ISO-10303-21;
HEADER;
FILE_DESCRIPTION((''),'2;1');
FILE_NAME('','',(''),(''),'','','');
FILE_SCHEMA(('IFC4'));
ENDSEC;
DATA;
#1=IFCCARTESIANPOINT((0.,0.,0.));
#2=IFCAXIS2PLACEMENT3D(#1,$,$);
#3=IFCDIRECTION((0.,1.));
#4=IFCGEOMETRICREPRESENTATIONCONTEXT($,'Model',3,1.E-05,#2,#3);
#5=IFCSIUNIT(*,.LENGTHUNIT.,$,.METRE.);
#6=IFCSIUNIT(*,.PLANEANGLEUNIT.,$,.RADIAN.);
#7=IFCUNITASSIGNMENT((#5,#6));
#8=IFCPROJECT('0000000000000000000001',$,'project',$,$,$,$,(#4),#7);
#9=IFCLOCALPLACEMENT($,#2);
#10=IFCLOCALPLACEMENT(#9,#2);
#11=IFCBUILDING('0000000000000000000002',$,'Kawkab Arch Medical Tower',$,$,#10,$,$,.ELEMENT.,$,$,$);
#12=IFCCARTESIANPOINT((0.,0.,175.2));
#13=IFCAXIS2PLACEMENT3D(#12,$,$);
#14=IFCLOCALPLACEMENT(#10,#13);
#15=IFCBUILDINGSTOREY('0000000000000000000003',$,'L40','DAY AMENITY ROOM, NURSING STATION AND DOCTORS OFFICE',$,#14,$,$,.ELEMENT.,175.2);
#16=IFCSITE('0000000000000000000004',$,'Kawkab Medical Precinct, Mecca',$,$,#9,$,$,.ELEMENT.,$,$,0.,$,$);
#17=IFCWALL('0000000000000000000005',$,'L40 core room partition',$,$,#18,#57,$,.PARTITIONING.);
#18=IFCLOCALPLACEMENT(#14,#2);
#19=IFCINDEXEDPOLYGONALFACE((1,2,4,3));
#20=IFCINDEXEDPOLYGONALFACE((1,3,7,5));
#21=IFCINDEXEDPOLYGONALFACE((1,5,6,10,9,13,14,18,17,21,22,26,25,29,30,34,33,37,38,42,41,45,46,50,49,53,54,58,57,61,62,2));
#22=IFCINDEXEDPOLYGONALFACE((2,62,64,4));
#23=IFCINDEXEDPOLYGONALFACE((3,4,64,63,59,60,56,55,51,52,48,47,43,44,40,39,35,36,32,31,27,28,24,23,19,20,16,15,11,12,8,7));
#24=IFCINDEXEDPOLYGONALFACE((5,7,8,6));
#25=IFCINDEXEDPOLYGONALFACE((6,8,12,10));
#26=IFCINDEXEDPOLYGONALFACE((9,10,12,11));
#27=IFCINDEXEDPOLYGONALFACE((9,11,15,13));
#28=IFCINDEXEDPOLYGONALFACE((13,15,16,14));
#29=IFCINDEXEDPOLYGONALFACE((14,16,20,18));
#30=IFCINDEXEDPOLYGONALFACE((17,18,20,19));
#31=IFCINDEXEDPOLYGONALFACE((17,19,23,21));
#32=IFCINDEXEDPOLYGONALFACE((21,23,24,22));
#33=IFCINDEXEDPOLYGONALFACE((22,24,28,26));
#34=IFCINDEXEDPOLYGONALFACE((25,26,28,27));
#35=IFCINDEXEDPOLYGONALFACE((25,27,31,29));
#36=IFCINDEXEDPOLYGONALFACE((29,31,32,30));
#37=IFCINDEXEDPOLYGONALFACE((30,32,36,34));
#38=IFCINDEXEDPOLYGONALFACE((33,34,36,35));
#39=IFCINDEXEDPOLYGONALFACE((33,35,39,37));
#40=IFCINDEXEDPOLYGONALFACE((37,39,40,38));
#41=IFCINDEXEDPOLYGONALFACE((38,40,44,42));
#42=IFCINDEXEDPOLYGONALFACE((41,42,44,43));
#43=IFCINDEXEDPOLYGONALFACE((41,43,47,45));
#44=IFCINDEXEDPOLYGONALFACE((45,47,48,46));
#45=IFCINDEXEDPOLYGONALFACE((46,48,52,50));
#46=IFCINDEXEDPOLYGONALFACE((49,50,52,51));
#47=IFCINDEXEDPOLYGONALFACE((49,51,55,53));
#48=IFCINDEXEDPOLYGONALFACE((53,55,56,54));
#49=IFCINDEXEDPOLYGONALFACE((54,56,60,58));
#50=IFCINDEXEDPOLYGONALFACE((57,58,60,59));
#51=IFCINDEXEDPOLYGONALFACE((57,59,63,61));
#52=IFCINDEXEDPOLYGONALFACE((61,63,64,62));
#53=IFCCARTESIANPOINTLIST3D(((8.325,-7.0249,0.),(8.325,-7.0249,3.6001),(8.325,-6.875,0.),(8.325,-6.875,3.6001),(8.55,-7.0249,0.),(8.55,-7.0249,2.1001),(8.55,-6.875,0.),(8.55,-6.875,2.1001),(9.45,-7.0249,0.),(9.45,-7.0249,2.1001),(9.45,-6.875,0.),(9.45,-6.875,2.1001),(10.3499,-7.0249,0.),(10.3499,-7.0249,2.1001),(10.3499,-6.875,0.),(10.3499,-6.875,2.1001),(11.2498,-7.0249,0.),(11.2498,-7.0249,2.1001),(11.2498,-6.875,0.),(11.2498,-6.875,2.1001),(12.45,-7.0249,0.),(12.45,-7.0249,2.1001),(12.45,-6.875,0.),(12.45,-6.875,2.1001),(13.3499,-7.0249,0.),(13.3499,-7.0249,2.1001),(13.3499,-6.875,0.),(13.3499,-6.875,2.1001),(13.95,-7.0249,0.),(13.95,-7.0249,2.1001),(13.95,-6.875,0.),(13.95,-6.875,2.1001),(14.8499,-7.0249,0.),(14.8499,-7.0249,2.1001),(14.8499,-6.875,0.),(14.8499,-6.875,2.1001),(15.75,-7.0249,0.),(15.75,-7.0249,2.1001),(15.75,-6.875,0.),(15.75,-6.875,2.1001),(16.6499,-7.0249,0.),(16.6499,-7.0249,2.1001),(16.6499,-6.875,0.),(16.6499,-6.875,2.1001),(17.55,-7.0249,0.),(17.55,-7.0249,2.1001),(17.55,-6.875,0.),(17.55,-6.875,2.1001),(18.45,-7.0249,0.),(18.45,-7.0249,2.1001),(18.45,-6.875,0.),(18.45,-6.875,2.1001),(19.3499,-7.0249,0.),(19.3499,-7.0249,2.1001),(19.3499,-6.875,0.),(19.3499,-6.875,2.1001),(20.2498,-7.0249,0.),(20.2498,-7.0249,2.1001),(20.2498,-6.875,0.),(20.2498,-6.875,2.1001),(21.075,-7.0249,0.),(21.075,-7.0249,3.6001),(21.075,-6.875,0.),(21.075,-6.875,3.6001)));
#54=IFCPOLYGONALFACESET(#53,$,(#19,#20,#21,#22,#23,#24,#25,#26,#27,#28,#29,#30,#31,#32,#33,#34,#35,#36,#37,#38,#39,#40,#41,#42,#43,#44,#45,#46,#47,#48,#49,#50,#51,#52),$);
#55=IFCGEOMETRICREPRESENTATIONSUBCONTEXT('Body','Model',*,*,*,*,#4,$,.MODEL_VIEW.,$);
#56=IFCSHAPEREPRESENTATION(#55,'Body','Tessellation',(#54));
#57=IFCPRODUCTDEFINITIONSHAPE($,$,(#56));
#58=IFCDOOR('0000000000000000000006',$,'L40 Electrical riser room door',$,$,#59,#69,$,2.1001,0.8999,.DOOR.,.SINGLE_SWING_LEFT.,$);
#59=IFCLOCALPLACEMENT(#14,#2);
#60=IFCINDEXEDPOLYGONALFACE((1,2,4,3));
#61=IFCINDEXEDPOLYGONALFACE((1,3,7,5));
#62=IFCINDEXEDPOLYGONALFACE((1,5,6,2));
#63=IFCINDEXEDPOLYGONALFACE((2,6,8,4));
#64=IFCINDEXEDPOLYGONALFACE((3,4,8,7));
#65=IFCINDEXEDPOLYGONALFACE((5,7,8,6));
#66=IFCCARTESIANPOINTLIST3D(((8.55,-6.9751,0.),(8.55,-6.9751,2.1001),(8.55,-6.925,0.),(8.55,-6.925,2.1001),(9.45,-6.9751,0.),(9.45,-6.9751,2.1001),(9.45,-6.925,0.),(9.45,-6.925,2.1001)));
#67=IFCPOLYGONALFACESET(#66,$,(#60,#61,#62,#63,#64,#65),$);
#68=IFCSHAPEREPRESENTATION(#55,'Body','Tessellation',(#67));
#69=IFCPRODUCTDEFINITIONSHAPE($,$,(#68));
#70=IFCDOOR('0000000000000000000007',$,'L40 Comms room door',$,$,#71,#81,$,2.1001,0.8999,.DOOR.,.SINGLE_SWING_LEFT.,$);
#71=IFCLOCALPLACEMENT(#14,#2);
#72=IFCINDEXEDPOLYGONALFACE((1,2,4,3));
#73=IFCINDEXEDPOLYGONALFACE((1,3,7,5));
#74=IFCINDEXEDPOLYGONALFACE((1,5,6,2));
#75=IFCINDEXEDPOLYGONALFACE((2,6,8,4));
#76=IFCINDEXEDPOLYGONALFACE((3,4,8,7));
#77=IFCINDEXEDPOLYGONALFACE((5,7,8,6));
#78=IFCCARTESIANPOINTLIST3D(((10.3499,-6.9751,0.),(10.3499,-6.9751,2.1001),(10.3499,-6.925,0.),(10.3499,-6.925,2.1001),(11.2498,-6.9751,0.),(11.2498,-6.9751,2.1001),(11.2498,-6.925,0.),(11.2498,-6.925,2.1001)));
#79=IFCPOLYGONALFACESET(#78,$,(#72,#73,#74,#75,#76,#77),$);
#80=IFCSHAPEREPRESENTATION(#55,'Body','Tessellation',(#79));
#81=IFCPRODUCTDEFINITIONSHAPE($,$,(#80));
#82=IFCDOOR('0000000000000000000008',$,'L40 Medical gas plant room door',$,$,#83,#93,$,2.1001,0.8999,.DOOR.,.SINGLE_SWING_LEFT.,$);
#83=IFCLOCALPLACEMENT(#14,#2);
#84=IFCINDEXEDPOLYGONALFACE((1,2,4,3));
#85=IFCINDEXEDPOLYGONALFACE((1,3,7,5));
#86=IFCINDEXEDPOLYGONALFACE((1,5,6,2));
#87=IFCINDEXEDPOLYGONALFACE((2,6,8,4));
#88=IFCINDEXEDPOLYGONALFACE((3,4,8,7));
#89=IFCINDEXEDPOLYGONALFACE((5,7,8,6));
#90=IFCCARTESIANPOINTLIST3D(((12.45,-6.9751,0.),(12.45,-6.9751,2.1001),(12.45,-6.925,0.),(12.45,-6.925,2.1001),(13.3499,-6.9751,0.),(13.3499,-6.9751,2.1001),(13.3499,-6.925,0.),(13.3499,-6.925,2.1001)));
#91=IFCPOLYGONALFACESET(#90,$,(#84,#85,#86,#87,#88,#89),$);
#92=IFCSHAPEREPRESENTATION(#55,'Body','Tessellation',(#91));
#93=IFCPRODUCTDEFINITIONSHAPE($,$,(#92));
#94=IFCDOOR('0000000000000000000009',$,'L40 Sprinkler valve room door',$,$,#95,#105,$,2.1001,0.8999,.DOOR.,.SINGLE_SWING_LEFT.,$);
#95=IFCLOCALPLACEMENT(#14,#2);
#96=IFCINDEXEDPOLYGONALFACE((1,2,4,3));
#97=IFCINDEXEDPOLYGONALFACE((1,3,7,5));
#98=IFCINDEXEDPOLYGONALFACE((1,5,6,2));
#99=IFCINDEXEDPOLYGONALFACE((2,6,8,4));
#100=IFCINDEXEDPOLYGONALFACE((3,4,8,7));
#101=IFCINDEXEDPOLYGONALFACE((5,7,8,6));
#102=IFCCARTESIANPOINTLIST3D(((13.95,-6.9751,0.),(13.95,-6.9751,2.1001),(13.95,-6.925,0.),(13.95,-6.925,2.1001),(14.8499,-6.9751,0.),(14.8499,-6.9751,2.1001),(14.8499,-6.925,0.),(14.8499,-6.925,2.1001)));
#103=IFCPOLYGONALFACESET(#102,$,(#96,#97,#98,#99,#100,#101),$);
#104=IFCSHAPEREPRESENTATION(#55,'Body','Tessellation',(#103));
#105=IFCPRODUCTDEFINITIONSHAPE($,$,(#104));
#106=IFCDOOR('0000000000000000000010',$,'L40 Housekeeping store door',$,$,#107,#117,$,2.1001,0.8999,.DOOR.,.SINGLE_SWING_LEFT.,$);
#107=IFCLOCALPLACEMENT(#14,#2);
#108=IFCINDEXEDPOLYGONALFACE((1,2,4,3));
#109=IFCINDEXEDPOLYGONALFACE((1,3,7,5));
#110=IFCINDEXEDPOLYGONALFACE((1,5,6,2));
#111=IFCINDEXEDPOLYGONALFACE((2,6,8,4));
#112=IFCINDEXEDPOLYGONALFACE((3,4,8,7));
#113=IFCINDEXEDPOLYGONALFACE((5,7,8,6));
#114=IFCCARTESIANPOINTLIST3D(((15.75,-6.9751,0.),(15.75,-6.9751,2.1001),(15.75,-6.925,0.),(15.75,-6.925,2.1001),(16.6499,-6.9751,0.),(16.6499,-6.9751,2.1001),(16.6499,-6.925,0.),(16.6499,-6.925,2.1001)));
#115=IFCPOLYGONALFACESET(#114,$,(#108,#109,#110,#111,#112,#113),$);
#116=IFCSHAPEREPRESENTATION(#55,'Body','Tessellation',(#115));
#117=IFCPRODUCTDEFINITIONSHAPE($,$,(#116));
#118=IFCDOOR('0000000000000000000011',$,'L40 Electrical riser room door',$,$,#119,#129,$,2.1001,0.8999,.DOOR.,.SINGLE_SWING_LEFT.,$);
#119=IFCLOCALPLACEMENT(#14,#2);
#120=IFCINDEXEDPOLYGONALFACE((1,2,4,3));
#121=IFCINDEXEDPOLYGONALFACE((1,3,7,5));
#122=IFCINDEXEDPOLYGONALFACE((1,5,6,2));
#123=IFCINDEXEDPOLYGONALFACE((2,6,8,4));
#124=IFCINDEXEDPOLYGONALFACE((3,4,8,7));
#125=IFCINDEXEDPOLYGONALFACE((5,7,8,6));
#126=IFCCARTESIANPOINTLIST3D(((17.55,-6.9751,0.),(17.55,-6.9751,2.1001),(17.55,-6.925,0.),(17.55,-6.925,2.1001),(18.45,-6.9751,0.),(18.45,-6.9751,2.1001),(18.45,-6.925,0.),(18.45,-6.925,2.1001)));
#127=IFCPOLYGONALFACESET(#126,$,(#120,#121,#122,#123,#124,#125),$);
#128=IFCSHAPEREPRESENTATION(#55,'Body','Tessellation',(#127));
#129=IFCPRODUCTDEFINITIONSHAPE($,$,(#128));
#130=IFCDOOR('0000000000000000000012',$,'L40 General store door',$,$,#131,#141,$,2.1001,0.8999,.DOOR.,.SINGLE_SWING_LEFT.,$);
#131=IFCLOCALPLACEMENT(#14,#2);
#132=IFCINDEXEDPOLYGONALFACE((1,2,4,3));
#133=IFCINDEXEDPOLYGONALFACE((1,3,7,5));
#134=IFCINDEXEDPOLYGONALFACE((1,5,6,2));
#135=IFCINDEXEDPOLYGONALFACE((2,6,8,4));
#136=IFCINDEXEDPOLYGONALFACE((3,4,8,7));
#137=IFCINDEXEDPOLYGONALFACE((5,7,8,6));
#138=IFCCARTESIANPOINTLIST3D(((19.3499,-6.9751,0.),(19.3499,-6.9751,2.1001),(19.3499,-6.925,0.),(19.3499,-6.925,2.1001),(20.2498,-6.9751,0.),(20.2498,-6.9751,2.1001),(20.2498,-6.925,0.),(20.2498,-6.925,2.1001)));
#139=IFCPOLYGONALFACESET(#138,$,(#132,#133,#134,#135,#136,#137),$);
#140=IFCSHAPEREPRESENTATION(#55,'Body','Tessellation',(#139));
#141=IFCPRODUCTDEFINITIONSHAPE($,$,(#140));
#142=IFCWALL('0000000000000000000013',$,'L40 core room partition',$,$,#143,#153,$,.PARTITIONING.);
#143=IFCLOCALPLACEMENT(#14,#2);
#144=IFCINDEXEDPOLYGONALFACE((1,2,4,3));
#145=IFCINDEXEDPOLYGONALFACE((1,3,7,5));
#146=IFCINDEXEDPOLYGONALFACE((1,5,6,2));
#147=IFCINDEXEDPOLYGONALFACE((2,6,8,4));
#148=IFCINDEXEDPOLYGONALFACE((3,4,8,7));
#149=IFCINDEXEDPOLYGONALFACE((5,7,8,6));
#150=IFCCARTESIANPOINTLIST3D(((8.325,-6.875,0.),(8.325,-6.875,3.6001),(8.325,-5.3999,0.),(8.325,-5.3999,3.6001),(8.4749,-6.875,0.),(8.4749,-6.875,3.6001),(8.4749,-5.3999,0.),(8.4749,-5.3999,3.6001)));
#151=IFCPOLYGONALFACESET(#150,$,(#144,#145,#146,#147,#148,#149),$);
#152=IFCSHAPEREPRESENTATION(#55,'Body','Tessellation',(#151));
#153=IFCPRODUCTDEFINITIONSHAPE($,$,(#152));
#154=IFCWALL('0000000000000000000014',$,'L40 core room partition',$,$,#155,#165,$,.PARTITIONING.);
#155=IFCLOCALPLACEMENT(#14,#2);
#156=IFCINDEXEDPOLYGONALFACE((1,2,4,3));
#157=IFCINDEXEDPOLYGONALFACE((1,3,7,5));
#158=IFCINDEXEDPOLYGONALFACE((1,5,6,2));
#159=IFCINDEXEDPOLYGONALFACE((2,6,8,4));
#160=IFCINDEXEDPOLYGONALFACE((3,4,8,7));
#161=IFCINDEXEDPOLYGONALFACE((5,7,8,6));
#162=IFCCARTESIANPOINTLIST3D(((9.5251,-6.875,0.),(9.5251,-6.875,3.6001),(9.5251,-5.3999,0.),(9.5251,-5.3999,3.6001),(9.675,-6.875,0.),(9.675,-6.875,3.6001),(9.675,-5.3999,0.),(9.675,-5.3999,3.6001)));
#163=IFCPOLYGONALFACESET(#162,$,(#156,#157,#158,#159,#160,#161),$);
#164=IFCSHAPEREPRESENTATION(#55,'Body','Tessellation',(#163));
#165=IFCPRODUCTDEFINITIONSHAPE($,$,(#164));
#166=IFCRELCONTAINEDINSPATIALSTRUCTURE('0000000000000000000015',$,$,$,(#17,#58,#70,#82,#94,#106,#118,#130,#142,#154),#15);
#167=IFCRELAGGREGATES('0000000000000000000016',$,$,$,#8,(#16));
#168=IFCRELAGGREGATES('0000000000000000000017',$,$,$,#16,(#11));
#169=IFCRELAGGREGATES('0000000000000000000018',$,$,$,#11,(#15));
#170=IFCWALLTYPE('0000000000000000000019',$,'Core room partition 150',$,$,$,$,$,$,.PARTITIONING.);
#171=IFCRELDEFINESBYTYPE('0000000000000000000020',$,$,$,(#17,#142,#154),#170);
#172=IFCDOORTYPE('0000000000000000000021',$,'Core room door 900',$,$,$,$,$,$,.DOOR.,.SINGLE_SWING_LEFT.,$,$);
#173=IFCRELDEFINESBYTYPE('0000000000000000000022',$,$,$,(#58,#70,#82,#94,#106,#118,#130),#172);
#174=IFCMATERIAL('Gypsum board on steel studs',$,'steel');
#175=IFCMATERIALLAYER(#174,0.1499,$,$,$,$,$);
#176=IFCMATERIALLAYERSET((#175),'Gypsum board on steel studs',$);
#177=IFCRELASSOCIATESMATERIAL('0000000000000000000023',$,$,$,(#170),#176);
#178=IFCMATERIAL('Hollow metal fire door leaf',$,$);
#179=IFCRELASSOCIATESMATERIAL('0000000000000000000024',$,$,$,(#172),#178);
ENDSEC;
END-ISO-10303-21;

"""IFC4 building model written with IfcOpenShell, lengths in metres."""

from ifc_helpers import new_model, si_unit, direction, frame, frame_2d, origin, place, context, subcontext, project, spatial, rectangle, extrude, material, layer, layer_set, type_object, element, fill, save


model = new_model("IFC4")

# Units and contexts
model_context = context("Model", 3, precision=1e-05, world=origin(), true_north=direction((0.0, 1.0)))
body_context = subcontext(model_context, "Body", "Model", "MODEL_VIEW")
ifc_project = project(units=[si_unit("LENGTHUNIT", "METRE"), si_unit("PLANEANGLEUNIT", "RADIAN")], contexts=[model_context])

# Site, building, storey
site_placement = place(None, origin())
site = spatial("IfcSite", under=ifc_project, at=site_placement, Name="Kawkab Medical Precinct, Mecca", CompositionType="ELEMENT", RefElevation=0.0)
building_placement = place(site_placement, origin())
building = spatial("IfcBuilding", under=site, at=building_placement, Name="Kawkab Arch Medical Tower", CompositionType="ELEMENT")
storey_placement = place(building_placement, frame((0.0, 0.0, 175.2)))
storey = spatial("IfcBuildingStorey", under=building, at=storey_placement, Name="L40", Description="DAY AMENITY ROOM, NURSING STATION AND DOCTORS OFFICE", CompositionType="ELEMENT", Elevation=175.2)

# Wall, openings, doors
ifc_material_1 = material(Name="Gypsum board on steel studs", Category="steel")
ifc_layer_1 = layer(ifc_material_1, 0.1499)
ifc_layer_set_1 = layer_set([ifc_layer_1], Name="Gypsum board on steel studs")
wall_type_1 = type_object("IfcWallType", Name="Core room partition 150", PredefinedType="PARTITIONING", material=ifc_layer_set_1)
wall_1_placement = place(storey_placement, frame((8.325, -6.95, 0.0), z_axis=(0.0, 0.0, 1.0), x_axis=(1.0, 0.0, 0.0)))
wall_1 = element("IfcWall", 1, at=wall_1_placement, inside=storey, type_object=wall_type_1, Name="L40 core room partition", PredefinedType="PARTITIONING", context=body_context, shape_type="SweptSolid", body=[
    extrude(rectangle(XDim=12.75, YDim=0.1499, at=frame_2d((6.375, 0.0))), origin(), (0.0, 0.0, 1.0), 3.6001),
])
opening_1_placement = place(wall_1_placement, frame((0.2251, 0.0, 0.0)))
opening_1 = element("IfcOpeningElement", 2, at=opening_1_placement, cuts=wall_1, PredefinedType="OPENING", context=body_context, shape_type="SweptSolid", body=[
    extrude(rectangle(XDim=0.8999, YDim=2.1001, at=frame_2d((0.45, 1.05))), frame((0.0, 0.085, 0.0), z_axis=(0.0, -1.0, 0.0), x_axis=(1.0, 0.0, 0.0)), (0.0, 0.0, 1.0), 0.1699),
])
opening_2_placement = place(wall_1_placement, frame((2.0249, 0.0, 0.0)))
opening_2 = element("IfcOpeningElement", 3, at=opening_2_placement, cuts=wall_1, PredefinedType="OPENING", context=body_context, shape_type="SweptSolid", body=[
    extrude(rectangle(XDim=0.8999, YDim=2.1001, at=frame_2d((0.45, 1.05))), frame((0.0, 0.085, 0.0), z_axis=(0.0, -1.0, 0.0), x_axis=(1.0, 0.0, 0.0)), (0.0, 0.0, 1.0), 0.1699),
])
opening_3_placement = place(wall_1_placement, frame((4.125, 0.0, 0.0)))
opening_3 = element("IfcOpeningElement", 4, at=opening_3_placement, cuts=wall_1, PredefinedType="OPENING", context=body_context, shape_type="SweptSolid", body=[
    extrude(rectangle(XDim=0.8999, YDim=2.1001, at=frame_2d((0.45, 1.05))), frame((0.0, 0.085, 0.0), z_axis=(0.0, -1.0, 0.0), x_axis=(1.0, 0.0, 0.0)), (0.0, 0.0, 1.0), 0.1699),
])
opening_4_placement = place(wall_1_placement, frame((5.625, 0.0, 0.0)))
opening_4 = element("IfcOpeningElement", 5, at=opening_4_placement, cuts=wall_1, PredefinedType="OPENING", context=body_context, shape_type="SweptSolid", body=[
    extrude(rectangle(XDim=0.8999, YDim=2.1001, at=frame_2d((0.45, 1.05))), frame((0.0, 0.085, 0.0), z_axis=(0.0, -1.0, 0.0), x_axis=(1.0, 0.0, 0.0)), (0.0, 0.0, 1.0), 0.1699),
])
opening_5_placement = place(wall_1_placement, frame((7.425, 0.0, 0.0)))
opening_5 = element("IfcOpeningElement", 6, at=opening_5_placement, cuts=wall_1, PredefinedType="OPENING", context=body_context, shape_type="SweptSolid", body=[
    extrude(rectangle(XDim=0.8999, YDim=2.1001, at=frame_2d((0.45, 1.05))), frame((0.0, 0.085, 0.0), z_axis=(0.0, -1.0, 0.0), x_axis=(1.0, 0.0, 0.0)), (0.0, 0.0, 1.0), 0.1699),
])
opening_6_placement = place(wall_1_placement, frame((9.2251, 0.0, 0.0)))
opening_6 = element("IfcOpeningElement", 7, at=opening_6_placement, cuts=wall_1, PredefinedType="OPENING", context=body_context, shape_type="SweptSolid", body=[
    extrude(rectangle(XDim=0.8999, YDim=2.1001, at=frame_2d((0.45, 1.05))), frame((0.0, 0.085, 0.0), z_axis=(0.0, -1.0, 0.0), x_axis=(1.0, 0.0, 0.0)), (0.0, 0.0, 1.0), 0.1699),
])
opening_7_placement = place(wall_1_placement, frame((11.0249, 0.0, 0.0)))
opening_7 = element("IfcOpeningElement", 8, at=opening_7_placement, cuts=wall_1, PredefinedType="OPENING", context=body_context, shape_type="SweptSolid", body=[
    extrude(rectangle(XDim=0.8999, YDim=2.1001, at=frame_2d((0.45, 1.05))), frame((0.0, 0.085, 0.0), z_axis=(0.0, -1.0, 0.0), x_axis=(1.0, 0.0, 0.0)), (0.0, 0.0, 1.0), 0.1699),
])
ifc_material_2 = material(Name="Hollow metal fire door leaf")
door_type_1 = type_object("IfcDoorType", Name="Core room door 900", OperationType="SINGLE_SWING_LEFT", PredefinedType="DOOR", material=ifc_material_2)
door_1_placement = place(opening_1_placement, origin())
door_1 = element("IfcDoor", 9, at=door_1_placement, inside=storey, type_object=door_type_1, Name="L40 Electrical riser room door", OperationType="SINGLE_SWING_LEFT", OverallHeight=2.1001, OverallWidth=0.8999, PredefinedType="DOOR", context=body_context, shape_type="SweptSolid", body=[
    extrude(rectangle(XDim=0.8999, YDim=2.1001, at=frame_2d((0.45, 1.05))), frame((0.0, 0.0249, 0.0), z_axis=(0.0, -1.0, 0.0), x_axis=(1.0, 0.0, 0.0)), (0.0, 0.0, 1.0), 0.05),
])
fill(opening_1, door_1)
door_2_placement = place(opening_2_placement, origin())
door_2 = element("IfcDoor", 10, at=door_2_placement, inside=storey, type_object=door_type_1, Name="L40 Comms room door", OperationType="SINGLE_SWING_LEFT", OverallHeight=2.1001, OverallWidth=0.8999, PredefinedType="DOOR", context=body_context, shape_type="SweptSolid", body=[
    extrude(rectangle(XDim=0.8999, YDim=2.1001, at=frame_2d((0.45, 1.05))), frame((0.0, 0.0249, 0.0), z_axis=(0.0, -1.0, 0.0), x_axis=(1.0, 0.0, 0.0)), (0.0, 0.0, 1.0), 0.05),
])
fill(opening_2, door_2)
door_3_placement = place(opening_3_placement, origin())
door_3 = element("IfcDoor", 11, at=door_3_placement, inside=storey, type_object=door_type_1, Name="L40 Medical gas plant room door", OperationType="SINGLE_SWING_LEFT", OverallHeight=2.1001, OverallWidth=0.8999, PredefinedType="DOOR", context=body_context, shape_type="SweptSolid", body=[
    extrude(rectangle(XDim=0.8999, YDim=2.1001, at=frame_2d((0.45, 1.05))), frame((0.0, 0.0249, 0.0), z_axis=(0.0, -1.0, 0.0), x_axis=(1.0, 0.0, 0.0)), (0.0, 0.0, 1.0), 0.05),
])
fill(opening_3, door_3)
door_4_placement = place(opening_4_placement, origin())
door_4 = element("IfcDoor", 12, at=door_4_placement, inside=storey, type_object=door_type_1, Name="L40 Sprinkler valve room door", OperationType="SINGLE_SWING_LEFT", OverallHeight=2.1001, OverallWidth=0.8999, PredefinedType="DOOR", context=body_context, shape_type="SweptSolid", body=[
    extrude(rectangle(XDim=0.8999, YDim=2.1001, at=frame_2d((0.45, 1.05))), frame((0.0, 0.0249, 0.0), z_axis=(0.0, -1.0, 0.0), x_axis=(1.0, 0.0, 0.0)), (0.0, 0.0, 1.0), 0.05),
])
fill(opening_4, door_4)
door_5_placement = place(opening_5_placement, origin())
door_5 = element("IfcDoor", 13, at=door_5_placement, inside=storey, type_object=door_type_1, Name="L40 Housekeeping store door", OperationType="SINGLE_SWING_LEFT", OverallHeight=2.1001, OverallWidth=0.8999, PredefinedType="DOOR", context=body_context, shape_type="SweptSolid", body=[
    extrude(rectangle(XDim=0.8999, YDim=2.1001, at=frame_2d((0.45, 1.05))), frame((0.0, 0.0249, 0.0), z_axis=(0.0, -1.0, 0.0), x_axis=(1.0, 0.0, 0.0)), (0.0, 0.0, 1.0), 0.05),
])
fill(opening_5, door_5)
door_6_placement = place(opening_6_placement, origin())
door_6 = element("IfcDoor", 14, at=door_6_placement, inside=storey, type_object=door_type_1, Name="L40 Electrical riser room door", OperationType="SINGLE_SWING_LEFT", OverallHeight=2.1001, OverallWidth=0.8999, PredefinedType="DOOR", context=body_context, shape_type="SweptSolid", body=[
    extrude(rectangle(XDim=0.8999, YDim=2.1001, at=frame_2d((0.45, 1.05))), frame((0.0, 0.0249, 0.0), z_axis=(0.0, -1.0, 0.0), x_axis=(1.0, 0.0, 0.0)), (0.0, 0.0, 1.0), 0.05),
])
fill(opening_6, door_6)
door_7_placement = place(opening_7_placement, origin())
door_7 = element("IfcDoor", 15, at=door_7_placement, inside=storey, type_object=door_type_1, Name="L40 General store door", OperationType="SINGLE_SWING_LEFT", OverallHeight=2.1001, OverallWidth=0.8999, PredefinedType="DOOR", context=body_context, shape_type="SweptSolid", body=[
    extrude(rectangle(XDim=0.8999, YDim=2.1001, at=frame_2d((0.45, 1.05))), frame((0.0, 0.0249, 0.0), z_axis=(0.0, -1.0, 0.0), x_axis=(1.0, 0.0, 0.0)), (0.0, 0.0, 1.0), 0.05),
])
fill(opening_7, door_7)

# Walls
for number, where, z_axis, x_axis, name in (
    (16, (8.3999, -6.875, 0.0), (0.0, 0.0, 1.0), (0.0, 1.0, 0.0), "L40 core room partition"),
    (17, (9.6001, -6.875, 0.0), (0.0, 0.0, 1.0), (0.0, 1.0, 0.0), "L40 core room partition"),
):
    element("IfcWall", number, at=place(storey_placement, frame(where, z_axis=z_axis, x_axis=x_axis)), inside=storey, type_object=wall_type_1, Name=name, PredefinedType="PARTITIONING", context=body_context, shape_type="SweptSolid", body=[
        extrude(rectangle(XDim=1.4751, YDim=0.1499, at=frame_2d((0.7375, 0.0))), origin(), (0.0, 0.0, 1.0), 3.6001),
    ])

save(model, "model.ifc")
